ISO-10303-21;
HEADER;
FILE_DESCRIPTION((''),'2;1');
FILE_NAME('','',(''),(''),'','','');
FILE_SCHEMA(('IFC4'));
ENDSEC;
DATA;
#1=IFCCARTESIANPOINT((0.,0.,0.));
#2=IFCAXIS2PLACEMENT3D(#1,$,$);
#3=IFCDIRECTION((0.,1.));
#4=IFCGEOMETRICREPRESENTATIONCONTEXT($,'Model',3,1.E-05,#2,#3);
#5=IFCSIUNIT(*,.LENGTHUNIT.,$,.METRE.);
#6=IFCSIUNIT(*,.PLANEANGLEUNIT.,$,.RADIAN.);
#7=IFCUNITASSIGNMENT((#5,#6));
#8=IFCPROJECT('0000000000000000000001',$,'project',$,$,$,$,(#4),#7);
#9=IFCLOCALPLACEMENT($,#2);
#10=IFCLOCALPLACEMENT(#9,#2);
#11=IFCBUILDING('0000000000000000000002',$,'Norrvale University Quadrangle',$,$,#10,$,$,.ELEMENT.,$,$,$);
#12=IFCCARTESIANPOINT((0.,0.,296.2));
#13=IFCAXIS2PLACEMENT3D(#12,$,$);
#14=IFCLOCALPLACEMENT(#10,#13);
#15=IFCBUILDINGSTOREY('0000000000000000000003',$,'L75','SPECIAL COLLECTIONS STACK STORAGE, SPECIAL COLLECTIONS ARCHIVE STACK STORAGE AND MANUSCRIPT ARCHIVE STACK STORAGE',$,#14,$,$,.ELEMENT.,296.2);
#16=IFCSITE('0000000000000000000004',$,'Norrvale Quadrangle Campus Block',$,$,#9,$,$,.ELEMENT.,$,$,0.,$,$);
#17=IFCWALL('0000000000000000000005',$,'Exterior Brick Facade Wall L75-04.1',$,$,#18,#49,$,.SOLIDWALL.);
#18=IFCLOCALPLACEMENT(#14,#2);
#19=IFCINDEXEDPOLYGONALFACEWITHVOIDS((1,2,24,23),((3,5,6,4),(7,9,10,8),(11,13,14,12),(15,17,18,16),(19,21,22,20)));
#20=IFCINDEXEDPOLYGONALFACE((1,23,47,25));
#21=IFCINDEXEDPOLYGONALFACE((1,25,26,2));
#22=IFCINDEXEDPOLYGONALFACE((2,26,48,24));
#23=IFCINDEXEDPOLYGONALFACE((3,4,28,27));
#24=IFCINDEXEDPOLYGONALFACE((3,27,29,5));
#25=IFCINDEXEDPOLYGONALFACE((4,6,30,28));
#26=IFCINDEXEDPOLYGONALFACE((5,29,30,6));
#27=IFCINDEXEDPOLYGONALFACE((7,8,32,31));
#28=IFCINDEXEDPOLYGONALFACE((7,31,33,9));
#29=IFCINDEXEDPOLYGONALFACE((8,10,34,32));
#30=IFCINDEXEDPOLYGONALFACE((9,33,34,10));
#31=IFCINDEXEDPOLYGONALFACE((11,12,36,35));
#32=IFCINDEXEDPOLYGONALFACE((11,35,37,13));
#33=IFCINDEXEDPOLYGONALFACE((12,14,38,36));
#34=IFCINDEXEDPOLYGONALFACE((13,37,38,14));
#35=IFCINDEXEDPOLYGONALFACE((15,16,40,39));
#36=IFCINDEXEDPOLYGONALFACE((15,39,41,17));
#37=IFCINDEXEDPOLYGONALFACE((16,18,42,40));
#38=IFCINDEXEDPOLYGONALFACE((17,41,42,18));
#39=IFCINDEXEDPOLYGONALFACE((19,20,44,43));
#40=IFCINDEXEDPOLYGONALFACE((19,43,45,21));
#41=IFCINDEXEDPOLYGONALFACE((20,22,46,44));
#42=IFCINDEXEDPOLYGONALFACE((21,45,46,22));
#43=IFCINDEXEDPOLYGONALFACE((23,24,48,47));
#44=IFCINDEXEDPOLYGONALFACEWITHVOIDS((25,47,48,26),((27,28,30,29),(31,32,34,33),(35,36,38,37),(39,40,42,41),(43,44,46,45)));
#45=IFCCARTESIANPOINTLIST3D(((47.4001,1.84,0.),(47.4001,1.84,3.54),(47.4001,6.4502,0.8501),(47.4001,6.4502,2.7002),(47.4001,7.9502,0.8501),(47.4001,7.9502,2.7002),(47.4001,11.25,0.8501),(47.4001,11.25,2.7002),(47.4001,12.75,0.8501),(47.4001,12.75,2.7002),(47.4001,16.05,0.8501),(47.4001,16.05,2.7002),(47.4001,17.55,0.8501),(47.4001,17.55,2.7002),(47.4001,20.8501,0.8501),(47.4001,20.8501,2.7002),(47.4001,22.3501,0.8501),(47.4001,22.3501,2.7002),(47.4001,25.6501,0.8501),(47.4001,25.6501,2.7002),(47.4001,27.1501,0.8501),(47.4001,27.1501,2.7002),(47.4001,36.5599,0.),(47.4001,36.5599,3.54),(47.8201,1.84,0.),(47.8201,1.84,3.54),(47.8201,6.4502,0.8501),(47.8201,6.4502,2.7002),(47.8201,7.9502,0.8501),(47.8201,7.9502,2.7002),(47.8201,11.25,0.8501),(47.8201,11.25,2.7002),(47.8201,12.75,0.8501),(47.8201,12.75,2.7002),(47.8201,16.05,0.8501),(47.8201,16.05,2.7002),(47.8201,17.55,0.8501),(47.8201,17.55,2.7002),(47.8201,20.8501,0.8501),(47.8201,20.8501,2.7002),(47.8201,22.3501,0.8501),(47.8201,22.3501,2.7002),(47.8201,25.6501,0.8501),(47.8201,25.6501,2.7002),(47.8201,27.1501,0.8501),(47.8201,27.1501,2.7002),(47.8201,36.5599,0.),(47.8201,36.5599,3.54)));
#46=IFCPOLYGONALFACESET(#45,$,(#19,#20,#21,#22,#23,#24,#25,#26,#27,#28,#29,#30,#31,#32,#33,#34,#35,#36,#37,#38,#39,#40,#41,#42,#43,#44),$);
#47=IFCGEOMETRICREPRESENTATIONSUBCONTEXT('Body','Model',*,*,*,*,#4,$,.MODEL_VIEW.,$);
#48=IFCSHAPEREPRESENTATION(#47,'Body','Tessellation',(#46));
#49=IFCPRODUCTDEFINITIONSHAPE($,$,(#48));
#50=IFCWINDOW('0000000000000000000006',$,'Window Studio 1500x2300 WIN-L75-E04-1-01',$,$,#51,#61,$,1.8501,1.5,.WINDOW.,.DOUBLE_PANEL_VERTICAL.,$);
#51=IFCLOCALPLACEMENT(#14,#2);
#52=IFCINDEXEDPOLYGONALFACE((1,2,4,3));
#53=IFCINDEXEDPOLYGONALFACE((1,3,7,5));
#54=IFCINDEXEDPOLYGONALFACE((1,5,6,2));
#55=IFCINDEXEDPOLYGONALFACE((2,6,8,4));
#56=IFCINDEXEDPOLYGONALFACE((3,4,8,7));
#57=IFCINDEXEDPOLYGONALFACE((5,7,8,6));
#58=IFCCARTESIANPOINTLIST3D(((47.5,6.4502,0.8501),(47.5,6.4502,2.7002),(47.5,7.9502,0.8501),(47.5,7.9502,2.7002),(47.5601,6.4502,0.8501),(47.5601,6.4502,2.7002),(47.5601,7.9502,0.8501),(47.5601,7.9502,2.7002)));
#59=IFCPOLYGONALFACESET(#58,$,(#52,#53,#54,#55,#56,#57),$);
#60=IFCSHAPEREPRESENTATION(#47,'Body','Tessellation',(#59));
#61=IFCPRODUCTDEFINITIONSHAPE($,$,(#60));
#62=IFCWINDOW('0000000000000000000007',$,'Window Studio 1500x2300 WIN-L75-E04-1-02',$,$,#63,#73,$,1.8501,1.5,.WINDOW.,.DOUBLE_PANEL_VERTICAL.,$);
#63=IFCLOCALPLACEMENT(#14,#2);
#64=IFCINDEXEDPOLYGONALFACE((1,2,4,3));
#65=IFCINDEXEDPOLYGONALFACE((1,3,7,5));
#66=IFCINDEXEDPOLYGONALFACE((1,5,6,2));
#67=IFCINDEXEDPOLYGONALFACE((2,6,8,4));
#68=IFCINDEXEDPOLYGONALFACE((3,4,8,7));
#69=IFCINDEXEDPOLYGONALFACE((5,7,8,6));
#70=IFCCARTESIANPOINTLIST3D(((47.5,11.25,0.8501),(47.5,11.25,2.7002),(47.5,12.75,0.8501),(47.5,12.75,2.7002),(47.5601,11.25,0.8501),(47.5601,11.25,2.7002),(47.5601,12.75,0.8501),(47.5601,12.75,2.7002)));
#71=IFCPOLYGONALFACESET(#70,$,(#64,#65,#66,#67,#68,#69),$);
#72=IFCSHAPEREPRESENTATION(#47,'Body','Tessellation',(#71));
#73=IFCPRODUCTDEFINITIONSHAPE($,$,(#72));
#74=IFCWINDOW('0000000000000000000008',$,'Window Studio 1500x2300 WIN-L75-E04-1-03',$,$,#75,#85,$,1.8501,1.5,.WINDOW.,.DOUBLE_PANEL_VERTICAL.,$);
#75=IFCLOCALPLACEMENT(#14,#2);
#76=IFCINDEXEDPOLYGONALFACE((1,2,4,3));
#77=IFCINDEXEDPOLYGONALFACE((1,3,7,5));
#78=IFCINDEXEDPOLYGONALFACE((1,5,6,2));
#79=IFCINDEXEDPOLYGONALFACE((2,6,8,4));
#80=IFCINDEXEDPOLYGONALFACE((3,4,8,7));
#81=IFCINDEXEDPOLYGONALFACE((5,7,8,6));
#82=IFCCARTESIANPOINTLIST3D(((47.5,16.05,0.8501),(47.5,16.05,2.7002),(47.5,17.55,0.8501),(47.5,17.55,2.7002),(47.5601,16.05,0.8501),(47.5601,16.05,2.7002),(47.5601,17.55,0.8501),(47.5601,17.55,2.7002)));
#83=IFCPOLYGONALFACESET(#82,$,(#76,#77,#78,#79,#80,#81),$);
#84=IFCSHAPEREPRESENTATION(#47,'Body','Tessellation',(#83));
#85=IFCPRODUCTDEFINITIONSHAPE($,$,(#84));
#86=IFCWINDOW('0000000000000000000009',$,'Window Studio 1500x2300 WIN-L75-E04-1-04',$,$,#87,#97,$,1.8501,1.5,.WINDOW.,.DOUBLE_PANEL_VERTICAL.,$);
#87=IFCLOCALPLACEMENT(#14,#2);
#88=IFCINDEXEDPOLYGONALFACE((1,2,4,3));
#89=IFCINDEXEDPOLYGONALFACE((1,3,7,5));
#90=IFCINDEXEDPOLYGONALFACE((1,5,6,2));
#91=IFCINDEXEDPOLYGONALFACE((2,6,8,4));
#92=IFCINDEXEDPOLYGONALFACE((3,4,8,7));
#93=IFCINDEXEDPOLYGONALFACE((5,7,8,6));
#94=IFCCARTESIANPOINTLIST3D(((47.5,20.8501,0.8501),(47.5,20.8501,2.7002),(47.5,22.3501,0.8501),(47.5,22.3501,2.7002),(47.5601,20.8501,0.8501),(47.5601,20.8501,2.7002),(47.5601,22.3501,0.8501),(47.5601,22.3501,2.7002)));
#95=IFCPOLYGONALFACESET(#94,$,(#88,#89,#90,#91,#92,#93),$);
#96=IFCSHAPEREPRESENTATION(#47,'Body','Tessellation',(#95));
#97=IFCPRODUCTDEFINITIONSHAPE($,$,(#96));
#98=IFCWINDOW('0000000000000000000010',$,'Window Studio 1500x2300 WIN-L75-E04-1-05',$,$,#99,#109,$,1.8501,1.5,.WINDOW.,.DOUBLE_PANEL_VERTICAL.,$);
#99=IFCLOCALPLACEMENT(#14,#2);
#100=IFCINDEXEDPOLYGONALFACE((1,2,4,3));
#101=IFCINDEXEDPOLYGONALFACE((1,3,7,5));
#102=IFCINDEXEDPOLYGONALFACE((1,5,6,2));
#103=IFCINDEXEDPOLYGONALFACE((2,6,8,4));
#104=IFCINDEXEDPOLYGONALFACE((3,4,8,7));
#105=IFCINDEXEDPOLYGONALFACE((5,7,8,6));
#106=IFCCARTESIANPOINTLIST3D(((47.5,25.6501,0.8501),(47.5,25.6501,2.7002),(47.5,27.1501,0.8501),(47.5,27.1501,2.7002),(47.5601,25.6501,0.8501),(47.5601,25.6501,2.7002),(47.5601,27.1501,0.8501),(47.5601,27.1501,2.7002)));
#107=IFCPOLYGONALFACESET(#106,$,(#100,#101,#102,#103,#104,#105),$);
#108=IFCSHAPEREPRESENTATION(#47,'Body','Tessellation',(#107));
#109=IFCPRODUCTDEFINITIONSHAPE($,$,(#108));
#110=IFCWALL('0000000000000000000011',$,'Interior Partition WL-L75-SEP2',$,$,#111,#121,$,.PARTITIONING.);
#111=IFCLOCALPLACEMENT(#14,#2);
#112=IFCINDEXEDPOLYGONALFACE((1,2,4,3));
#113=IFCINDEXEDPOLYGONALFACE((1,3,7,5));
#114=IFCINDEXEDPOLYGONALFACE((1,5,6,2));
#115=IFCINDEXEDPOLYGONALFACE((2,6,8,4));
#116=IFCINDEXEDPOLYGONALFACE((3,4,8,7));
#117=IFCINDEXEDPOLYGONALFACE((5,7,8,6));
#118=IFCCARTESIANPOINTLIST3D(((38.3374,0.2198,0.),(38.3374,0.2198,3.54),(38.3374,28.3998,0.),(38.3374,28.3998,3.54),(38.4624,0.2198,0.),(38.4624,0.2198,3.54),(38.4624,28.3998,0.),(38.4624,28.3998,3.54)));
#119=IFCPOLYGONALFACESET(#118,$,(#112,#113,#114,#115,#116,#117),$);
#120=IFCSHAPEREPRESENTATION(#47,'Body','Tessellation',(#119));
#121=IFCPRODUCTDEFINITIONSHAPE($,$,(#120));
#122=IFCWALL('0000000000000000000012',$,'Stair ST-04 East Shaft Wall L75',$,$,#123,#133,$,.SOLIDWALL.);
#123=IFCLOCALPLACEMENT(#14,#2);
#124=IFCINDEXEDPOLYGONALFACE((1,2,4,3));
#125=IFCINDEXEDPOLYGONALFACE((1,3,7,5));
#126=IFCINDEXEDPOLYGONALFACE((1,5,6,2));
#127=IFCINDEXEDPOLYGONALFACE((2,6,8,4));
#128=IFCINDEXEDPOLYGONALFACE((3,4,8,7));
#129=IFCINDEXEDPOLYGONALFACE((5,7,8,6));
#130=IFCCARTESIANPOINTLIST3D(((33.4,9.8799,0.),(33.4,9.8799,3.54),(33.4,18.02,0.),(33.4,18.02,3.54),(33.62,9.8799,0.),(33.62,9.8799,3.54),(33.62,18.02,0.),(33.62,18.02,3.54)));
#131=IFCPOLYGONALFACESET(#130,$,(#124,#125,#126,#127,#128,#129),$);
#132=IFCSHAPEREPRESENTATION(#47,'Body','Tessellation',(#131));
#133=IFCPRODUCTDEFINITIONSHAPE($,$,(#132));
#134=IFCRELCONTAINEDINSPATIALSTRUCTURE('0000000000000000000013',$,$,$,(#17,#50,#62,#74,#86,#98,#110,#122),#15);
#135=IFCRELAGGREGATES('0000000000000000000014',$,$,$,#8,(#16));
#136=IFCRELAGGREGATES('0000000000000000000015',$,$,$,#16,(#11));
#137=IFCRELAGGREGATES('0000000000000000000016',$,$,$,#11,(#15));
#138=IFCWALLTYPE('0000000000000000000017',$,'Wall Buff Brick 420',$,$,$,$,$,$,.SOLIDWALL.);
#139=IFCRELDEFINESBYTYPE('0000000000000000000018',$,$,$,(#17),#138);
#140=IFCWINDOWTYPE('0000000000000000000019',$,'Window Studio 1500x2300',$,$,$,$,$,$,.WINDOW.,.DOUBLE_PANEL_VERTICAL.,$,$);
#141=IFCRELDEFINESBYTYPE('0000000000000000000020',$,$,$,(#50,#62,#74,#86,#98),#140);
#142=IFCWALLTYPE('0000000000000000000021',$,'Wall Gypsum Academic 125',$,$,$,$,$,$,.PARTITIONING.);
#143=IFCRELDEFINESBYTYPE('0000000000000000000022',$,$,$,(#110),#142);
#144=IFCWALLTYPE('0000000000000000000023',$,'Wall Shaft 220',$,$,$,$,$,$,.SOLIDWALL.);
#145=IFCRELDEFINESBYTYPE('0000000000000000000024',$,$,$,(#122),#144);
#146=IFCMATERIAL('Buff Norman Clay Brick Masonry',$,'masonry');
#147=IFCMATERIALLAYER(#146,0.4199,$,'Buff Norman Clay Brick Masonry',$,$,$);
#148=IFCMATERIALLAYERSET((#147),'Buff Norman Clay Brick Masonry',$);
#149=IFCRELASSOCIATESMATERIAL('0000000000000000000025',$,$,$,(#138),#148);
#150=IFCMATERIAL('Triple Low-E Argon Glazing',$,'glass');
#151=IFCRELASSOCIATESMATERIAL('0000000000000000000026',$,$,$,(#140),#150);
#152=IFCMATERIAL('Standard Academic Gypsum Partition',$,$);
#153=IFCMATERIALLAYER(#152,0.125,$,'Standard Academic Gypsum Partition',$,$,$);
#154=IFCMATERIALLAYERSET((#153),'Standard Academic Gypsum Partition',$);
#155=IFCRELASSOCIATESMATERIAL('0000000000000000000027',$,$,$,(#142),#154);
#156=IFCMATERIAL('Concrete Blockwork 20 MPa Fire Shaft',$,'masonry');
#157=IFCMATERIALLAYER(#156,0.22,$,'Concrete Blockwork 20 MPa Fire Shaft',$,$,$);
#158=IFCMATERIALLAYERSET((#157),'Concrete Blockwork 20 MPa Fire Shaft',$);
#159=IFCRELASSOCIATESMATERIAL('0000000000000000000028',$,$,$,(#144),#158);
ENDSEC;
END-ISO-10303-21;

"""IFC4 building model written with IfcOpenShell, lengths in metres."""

from ifc_helpers import new_model, si_unit, direction, frame, frame_2d, origin, place, context, subcontext, project, spatial, rectangle, extrude, material, layer, layer_set, type_object, element, fill, save


model = new_model("IFC4")

# Units and contexts
model_context = context("Model", 3, precision=1e-05, world=origin(), true_north=direction((0.0, 1.0)))
body_context = subcontext(model_context, "Body", "Model", "MODEL_VIEW")
ifc_project = project(units=[si_unit("LENGTHUNIT", "METRE"), si_unit("PLANEANGLEUNIT", "RADIAN")], contexts=[model_context])

# Site, building, storey
site_placement = place(None, origin())
site = spatial("IfcSite", under=ifc_project, at=site_placement, Name="Norrvale Quadrangle Campus Block", CompositionType="ELEMENT", RefElevation=0.0)
building_placement = place(site_placement, origin())
building = spatial("IfcBuilding", under=site, at=building_placement, Name="Norrvale University Quadrangle", CompositionType="ELEMENT")
storey_placement = place(building_placement, frame((0.0, 0.0, 296.2)))
storey = spatial("IfcBuildingStorey", under=building, at=storey_placement, Name="L75", Description="SPECIAL COLLECTIONS STACK STORAGE, SPECIAL COLLECTIONS ARCHIVE STACK STORAGE AND MANUSCRIPT ARCHIVE STACK STORAGE", CompositionType="ELEMENT", Elevation=296.2)

# Shared definitions
ifc_material_1 = material(Name="Buff Norman Clay Brick Masonry", Category="masonry")
ifc_layer_1 = layer(ifc_material_1, 0.4199, Name="Buff Norman Clay Brick Masonry")
ifc_layer_set_1 = layer_set([ifc_layer_1], Name="Buff Norman Clay Brick Masonry")
wall_type_1 = type_object("IfcWallType", Name="Wall Buff Brick 420", PredefinedType="SOLIDWALL", material=ifc_layer_set_1)

# Wall, openings, windows
wall_1_placement = place(storey_placement, frame((47.6101, 1.8401, 0.0), z_axis=(0.0, 0.0, 1.0), x_axis=(0.0, 1.0, 0.0)))
wall_1 = element("IfcWall", 1, at=wall_1_placement, inside=storey, type_object=wall_type_1, Name="Exterior Brick Facade Wall L75-04.1", PredefinedType="SOLIDWALL", context=body_context, shape_type="SweptSolid", body=[
    extrude(rectangle(XDim=34.72, YDim=0.4199, at=frame_2d((17.3599, 0.0))), origin(), (0.0, 0.0, 1.0), 3.54),
])
opening_1_placement = place(wall_1_placement, frame((4.6101, 0.0, 0.8501)))
opening_1 = element("IfcOpeningElement", 2, at=opening_1_placement, cuts=wall_1, PredefinedType="OPENING", context=body_context, shape_type="SweptSolid", body=[
    extrude(rectangle(XDim=1.5, YDim=1.8501, at=frame_2d((0.75, 0.925))), frame((0.0, 0.2219, 0.0), z_axis=(0.0, -1.0, 0.0), x_axis=(1.0, 0.0, 0.0)), (0.0, 0.0, 1.0), 0.4438),
])
opening_2_placement = place(wall_1_placement, frame((9.4099, 0.0, 0.8501)))
opening_2 = element("IfcOpeningElement", 3, at=opening_2_placement, cuts=wall_1, PredefinedType="OPENING", context=body_context, shape_type="SweptSolid", body=[
    extrude(rectangle(XDim=1.5, YDim=1.8501, at=frame_2d((0.75, 0.925))), frame((0.0, 0.2219, 0.0), z_axis=(0.0, -1.0, 0.0), x_axis=(1.0, 0.0, 0.0)), (0.0, 0.0, 1.0), 0.4438),
])
opening_3_placement = place(wall_1_placement, frame((14.21, 0.0, 0.8501)))
opening_3 = element("IfcOpeningElement", 4, at=opening_3_placement, cuts=wall_1, PredefinedType="OPENING", context=body_context, shape_type="SweptSolid", body=[
    extrude(rectangle(XDim=1.5, YDim=1.8501, at=frame_2d((0.75, 0.925))), frame((0.0, 0.2219, 0.0), z_axis=(0.0, -1.0, 0.0), x_axis=(1.0, 0.0, 0.0)), (0.0, 0.0, 1.0), 0.4438),
])
opening_4_placement = place(wall_1_placement, frame((19.01, 0.0, 0.8501)))
opening_4 = element("IfcOpeningElement", 5, at=opening_4_placement, cuts=wall_1, PredefinedType="OPENING", context=body_context, shape_type="SweptSolid", body=[
    extrude(rectangle(XDim=1.5, YDim=1.8501, at=frame_2d((0.75, 0.925))), frame((0.0, 0.2219, 0.0), z_axis=(0.0, -1.0, 0.0), x_axis=(1.0, 0.0, 0.0)), (0.0, 0.0, 1.0), 0.4438),
])
opening_5_placement = place(wall_1_placement, frame((23.8101, 0.0, 0.8501)))
opening_5 = element("IfcOpeningElement", 6, at=opening_5_placement, cuts=wall_1, PredefinedType="OPENING", context=body_context, shape_type="SweptSolid", body=[
    extrude(rectangle(XDim=1.5, YDim=1.8501, at=frame_2d((0.75, 0.925))), frame((0.0, 0.2219, 0.0), z_axis=(0.0, -1.0, 0.0), x_axis=(1.0, 0.0, 0.0)), (0.0, 0.0, 1.0), 0.4438),
])
ifc_material_2 = material(Name="Triple Low-E Argon Glazing", Category="glass")
window_type = type_object("IfcWindowType", Name="Window Studio 1500x2300", PartitioningType="DOUBLE_PANEL_VERTICAL", PredefinedType="WINDOW", material=ifc_material_2)
window_1_placement = place(opening_1_placement, origin())
window_1 = element("IfcWindow", 7, at=window_1_placement, inside=storey, type_object=window_type, Name="Window Studio 1500x2300 WIN-L75-E04-1-01", OverallHeight=1.8501, OverallWidth=1.5, PartitioningType="DOUBLE_PANEL_VERTICAL", PredefinedType="WINDOW", context=body_context, shape_type="SweptSolid", body=[
    extrude(rectangle(XDim=1.5, YDim=1.8501, at=frame_2d((0.75, 0.925))), frame((0.0, 0.1101, 0.0), z_axis=(0.0, -1.0, 0.0), x_axis=(1.0, 0.0, 0.0)), (0.0, 0.0, 1.0), 0.0601),
])
fill(opening_1, window_1)
window_2_placement = place(opening_2_placement, origin())
window_2 = element("IfcWindow", 8, at=window_2_placement, inside=storey, type_object=window_type, Name="Window Studio 1500x2300 WIN-L75-E04-1-02", OverallHeight=1.8501, OverallWidth=1.5, PartitioningType="DOUBLE_PANEL_VERTICAL", PredefinedType="WINDOW", context=body_context, shape_type="SweptSolid", body=[
    extrude(rectangle(XDim=1.5, YDim=1.8501, at=frame_2d((0.75, 0.925))), frame((0.0, 0.1101, 0.0), z_axis=(0.0, -1.0, 0.0), x_axis=(1.0, 0.0, 0.0)), (0.0, 0.0, 1.0), 0.0601),
])
fill(opening_2, window_2)
window_3_placement = place(opening_3_placement, origin())
window_3 = element("IfcWindow", 9, at=window_3_placement, inside=storey, type_object=window_type, Name="Window Studio 1500x2300 WIN-L75-E04-1-03", OverallHeight=1.8501, OverallWidth=1.5, PartitioningType="DOUBLE_PANEL_VERTICAL", PredefinedType="WINDOW", context=body_context, shape_type="SweptSolid", body=[
    extrude(rectangle(XDim=1.5, YDim=1.8501, at=frame_2d((0.75, 0.925))), frame((0.0, 0.1101, 0.0), z_axis=(0.0, -1.0, 0.0), x_axis=(1.0, 0.0, 0.0)), (0.0, 0.0, 1.0), 0.0601),
])
fill(opening_3, window_3)
window_4_placement = place(opening_4_placement, origin())
window_4 = element("IfcWindow", 10, at=window_4_placement, inside=storey, type_object=window_type, Name="Window Studio 1500x2300 WIN-L75-E04-1-04", OverallHeight=1.8501, OverallWidth=1.5, PartitioningType="DOUBLE_PANEL_VERTICAL", PredefinedType="WINDOW", context=body_context, shape_type="SweptSolid", body=[
    extrude(rectangle(XDim=1.5, YDim=1.8501, at=frame_2d((0.75, 0.925))), frame((0.0, 0.1101, 0.0), z_axis=(0.0, -1.0, 0.0), x_axis=(1.0, 0.0, 0.0)), (0.0, 0.0, 1.0), 0.0601),
])
fill(opening_4, window_4)
window_5_placement = place(opening_5_placement, origin())
window_5 = element("IfcWindow", 11, at=window_5_placement, inside=storey, type_object=window_type, Name="Window Studio 1500x2300 WIN-L75-E04-1-05", OverallHeight=1.8501, OverallWidth=1.5, PartitioningType="DOUBLE_PANEL_VERTICAL", PredefinedType="WINDOW", context=body_context, shape_type="SweptSolid", body=[
    extrude(rectangle(XDim=1.5, YDim=1.8501, at=frame_2d((0.75, 0.925))), frame((0.0, 0.1101, 0.0), z_axis=(0.0, -1.0, 0.0), x_axis=(1.0, 0.0, 0.0)), (0.0, 0.0, 1.0), 0.0601),
])
fill(opening_5, window_5)

# Walls
ifc_material_3 = material(Name="Standard Academic Gypsum Partition")
ifc_layer_2 = layer(ifc_material_3, 0.125, Name="Standard Academic Gypsum Partition")
ifc_layer_set_2 = layer_set([ifc_layer_2], Name="Standard Academic Gypsum Partition")
wall_type_2 = type_object("IfcWallType", Name="Wall Gypsum Academic 125", PredefinedType="PARTITIONING", material=ifc_layer_set_2)
wall_2_placement = place(storey_placement, frame((38.3999, 0.22, 0.0), z_axis=(0.0, 0.0, 1.0), x_axis=(0.0, 1.0, 0.0)))
element("IfcWall", 12, at=wall_2_placement, inside=storey, type_object=wall_type_2, Name="Interior Partition WL-L75-SEP2", PredefinedType="PARTITIONING", context=body_context, shape_type="SweptSolid", body=[
    extrude(rectangle(XDim=28.1799, YDim=0.125, at=frame_2d((14.0898, 0.0))), origin(), (0.0, 0.0, 1.0), 3.54),
])
ifc_material_4 = material(Name="Concrete Blockwork 20 MPa Fire Shaft", Category="masonry")
ifc_layer_3 = layer(ifc_material_4, 0.22, Name="Concrete Blockwork 20 MPa Fire Shaft")
ifc_layer_set_3 = layer_set([ifc_layer_3], Name="Concrete Blockwork 20 MPa Fire Shaft")
wall_type_3 = type_object("IfcWallType", Name="Wall Shaft 220", PredefinedType="SOLIDWALL", material=ifc_layer_set_3)
wall_3_placement = place(storey_placement, frame((33.51, 9.8799, 0.0), z_axis=(0.0, 0.0, 1.0), x_axis=(0.0, 1.0, 0.0)))
element("IfcWall", 13, at=wall_3_placement, inside=storey, type_object=wall_type_3, Name="Stair ST-04 East Shaft Wall L75", PredefinedType="SOLIDWALL", context=body_context, shape_type="SweptSolid", body=[
    extrude(rectangle(XDim=8.1401, YDim=0.22, at=frame_2d((4.0701, 0.0))), origin(), (0.0, 0.0, 1.0), 3.54),
])

save(model, "model.ifc")
